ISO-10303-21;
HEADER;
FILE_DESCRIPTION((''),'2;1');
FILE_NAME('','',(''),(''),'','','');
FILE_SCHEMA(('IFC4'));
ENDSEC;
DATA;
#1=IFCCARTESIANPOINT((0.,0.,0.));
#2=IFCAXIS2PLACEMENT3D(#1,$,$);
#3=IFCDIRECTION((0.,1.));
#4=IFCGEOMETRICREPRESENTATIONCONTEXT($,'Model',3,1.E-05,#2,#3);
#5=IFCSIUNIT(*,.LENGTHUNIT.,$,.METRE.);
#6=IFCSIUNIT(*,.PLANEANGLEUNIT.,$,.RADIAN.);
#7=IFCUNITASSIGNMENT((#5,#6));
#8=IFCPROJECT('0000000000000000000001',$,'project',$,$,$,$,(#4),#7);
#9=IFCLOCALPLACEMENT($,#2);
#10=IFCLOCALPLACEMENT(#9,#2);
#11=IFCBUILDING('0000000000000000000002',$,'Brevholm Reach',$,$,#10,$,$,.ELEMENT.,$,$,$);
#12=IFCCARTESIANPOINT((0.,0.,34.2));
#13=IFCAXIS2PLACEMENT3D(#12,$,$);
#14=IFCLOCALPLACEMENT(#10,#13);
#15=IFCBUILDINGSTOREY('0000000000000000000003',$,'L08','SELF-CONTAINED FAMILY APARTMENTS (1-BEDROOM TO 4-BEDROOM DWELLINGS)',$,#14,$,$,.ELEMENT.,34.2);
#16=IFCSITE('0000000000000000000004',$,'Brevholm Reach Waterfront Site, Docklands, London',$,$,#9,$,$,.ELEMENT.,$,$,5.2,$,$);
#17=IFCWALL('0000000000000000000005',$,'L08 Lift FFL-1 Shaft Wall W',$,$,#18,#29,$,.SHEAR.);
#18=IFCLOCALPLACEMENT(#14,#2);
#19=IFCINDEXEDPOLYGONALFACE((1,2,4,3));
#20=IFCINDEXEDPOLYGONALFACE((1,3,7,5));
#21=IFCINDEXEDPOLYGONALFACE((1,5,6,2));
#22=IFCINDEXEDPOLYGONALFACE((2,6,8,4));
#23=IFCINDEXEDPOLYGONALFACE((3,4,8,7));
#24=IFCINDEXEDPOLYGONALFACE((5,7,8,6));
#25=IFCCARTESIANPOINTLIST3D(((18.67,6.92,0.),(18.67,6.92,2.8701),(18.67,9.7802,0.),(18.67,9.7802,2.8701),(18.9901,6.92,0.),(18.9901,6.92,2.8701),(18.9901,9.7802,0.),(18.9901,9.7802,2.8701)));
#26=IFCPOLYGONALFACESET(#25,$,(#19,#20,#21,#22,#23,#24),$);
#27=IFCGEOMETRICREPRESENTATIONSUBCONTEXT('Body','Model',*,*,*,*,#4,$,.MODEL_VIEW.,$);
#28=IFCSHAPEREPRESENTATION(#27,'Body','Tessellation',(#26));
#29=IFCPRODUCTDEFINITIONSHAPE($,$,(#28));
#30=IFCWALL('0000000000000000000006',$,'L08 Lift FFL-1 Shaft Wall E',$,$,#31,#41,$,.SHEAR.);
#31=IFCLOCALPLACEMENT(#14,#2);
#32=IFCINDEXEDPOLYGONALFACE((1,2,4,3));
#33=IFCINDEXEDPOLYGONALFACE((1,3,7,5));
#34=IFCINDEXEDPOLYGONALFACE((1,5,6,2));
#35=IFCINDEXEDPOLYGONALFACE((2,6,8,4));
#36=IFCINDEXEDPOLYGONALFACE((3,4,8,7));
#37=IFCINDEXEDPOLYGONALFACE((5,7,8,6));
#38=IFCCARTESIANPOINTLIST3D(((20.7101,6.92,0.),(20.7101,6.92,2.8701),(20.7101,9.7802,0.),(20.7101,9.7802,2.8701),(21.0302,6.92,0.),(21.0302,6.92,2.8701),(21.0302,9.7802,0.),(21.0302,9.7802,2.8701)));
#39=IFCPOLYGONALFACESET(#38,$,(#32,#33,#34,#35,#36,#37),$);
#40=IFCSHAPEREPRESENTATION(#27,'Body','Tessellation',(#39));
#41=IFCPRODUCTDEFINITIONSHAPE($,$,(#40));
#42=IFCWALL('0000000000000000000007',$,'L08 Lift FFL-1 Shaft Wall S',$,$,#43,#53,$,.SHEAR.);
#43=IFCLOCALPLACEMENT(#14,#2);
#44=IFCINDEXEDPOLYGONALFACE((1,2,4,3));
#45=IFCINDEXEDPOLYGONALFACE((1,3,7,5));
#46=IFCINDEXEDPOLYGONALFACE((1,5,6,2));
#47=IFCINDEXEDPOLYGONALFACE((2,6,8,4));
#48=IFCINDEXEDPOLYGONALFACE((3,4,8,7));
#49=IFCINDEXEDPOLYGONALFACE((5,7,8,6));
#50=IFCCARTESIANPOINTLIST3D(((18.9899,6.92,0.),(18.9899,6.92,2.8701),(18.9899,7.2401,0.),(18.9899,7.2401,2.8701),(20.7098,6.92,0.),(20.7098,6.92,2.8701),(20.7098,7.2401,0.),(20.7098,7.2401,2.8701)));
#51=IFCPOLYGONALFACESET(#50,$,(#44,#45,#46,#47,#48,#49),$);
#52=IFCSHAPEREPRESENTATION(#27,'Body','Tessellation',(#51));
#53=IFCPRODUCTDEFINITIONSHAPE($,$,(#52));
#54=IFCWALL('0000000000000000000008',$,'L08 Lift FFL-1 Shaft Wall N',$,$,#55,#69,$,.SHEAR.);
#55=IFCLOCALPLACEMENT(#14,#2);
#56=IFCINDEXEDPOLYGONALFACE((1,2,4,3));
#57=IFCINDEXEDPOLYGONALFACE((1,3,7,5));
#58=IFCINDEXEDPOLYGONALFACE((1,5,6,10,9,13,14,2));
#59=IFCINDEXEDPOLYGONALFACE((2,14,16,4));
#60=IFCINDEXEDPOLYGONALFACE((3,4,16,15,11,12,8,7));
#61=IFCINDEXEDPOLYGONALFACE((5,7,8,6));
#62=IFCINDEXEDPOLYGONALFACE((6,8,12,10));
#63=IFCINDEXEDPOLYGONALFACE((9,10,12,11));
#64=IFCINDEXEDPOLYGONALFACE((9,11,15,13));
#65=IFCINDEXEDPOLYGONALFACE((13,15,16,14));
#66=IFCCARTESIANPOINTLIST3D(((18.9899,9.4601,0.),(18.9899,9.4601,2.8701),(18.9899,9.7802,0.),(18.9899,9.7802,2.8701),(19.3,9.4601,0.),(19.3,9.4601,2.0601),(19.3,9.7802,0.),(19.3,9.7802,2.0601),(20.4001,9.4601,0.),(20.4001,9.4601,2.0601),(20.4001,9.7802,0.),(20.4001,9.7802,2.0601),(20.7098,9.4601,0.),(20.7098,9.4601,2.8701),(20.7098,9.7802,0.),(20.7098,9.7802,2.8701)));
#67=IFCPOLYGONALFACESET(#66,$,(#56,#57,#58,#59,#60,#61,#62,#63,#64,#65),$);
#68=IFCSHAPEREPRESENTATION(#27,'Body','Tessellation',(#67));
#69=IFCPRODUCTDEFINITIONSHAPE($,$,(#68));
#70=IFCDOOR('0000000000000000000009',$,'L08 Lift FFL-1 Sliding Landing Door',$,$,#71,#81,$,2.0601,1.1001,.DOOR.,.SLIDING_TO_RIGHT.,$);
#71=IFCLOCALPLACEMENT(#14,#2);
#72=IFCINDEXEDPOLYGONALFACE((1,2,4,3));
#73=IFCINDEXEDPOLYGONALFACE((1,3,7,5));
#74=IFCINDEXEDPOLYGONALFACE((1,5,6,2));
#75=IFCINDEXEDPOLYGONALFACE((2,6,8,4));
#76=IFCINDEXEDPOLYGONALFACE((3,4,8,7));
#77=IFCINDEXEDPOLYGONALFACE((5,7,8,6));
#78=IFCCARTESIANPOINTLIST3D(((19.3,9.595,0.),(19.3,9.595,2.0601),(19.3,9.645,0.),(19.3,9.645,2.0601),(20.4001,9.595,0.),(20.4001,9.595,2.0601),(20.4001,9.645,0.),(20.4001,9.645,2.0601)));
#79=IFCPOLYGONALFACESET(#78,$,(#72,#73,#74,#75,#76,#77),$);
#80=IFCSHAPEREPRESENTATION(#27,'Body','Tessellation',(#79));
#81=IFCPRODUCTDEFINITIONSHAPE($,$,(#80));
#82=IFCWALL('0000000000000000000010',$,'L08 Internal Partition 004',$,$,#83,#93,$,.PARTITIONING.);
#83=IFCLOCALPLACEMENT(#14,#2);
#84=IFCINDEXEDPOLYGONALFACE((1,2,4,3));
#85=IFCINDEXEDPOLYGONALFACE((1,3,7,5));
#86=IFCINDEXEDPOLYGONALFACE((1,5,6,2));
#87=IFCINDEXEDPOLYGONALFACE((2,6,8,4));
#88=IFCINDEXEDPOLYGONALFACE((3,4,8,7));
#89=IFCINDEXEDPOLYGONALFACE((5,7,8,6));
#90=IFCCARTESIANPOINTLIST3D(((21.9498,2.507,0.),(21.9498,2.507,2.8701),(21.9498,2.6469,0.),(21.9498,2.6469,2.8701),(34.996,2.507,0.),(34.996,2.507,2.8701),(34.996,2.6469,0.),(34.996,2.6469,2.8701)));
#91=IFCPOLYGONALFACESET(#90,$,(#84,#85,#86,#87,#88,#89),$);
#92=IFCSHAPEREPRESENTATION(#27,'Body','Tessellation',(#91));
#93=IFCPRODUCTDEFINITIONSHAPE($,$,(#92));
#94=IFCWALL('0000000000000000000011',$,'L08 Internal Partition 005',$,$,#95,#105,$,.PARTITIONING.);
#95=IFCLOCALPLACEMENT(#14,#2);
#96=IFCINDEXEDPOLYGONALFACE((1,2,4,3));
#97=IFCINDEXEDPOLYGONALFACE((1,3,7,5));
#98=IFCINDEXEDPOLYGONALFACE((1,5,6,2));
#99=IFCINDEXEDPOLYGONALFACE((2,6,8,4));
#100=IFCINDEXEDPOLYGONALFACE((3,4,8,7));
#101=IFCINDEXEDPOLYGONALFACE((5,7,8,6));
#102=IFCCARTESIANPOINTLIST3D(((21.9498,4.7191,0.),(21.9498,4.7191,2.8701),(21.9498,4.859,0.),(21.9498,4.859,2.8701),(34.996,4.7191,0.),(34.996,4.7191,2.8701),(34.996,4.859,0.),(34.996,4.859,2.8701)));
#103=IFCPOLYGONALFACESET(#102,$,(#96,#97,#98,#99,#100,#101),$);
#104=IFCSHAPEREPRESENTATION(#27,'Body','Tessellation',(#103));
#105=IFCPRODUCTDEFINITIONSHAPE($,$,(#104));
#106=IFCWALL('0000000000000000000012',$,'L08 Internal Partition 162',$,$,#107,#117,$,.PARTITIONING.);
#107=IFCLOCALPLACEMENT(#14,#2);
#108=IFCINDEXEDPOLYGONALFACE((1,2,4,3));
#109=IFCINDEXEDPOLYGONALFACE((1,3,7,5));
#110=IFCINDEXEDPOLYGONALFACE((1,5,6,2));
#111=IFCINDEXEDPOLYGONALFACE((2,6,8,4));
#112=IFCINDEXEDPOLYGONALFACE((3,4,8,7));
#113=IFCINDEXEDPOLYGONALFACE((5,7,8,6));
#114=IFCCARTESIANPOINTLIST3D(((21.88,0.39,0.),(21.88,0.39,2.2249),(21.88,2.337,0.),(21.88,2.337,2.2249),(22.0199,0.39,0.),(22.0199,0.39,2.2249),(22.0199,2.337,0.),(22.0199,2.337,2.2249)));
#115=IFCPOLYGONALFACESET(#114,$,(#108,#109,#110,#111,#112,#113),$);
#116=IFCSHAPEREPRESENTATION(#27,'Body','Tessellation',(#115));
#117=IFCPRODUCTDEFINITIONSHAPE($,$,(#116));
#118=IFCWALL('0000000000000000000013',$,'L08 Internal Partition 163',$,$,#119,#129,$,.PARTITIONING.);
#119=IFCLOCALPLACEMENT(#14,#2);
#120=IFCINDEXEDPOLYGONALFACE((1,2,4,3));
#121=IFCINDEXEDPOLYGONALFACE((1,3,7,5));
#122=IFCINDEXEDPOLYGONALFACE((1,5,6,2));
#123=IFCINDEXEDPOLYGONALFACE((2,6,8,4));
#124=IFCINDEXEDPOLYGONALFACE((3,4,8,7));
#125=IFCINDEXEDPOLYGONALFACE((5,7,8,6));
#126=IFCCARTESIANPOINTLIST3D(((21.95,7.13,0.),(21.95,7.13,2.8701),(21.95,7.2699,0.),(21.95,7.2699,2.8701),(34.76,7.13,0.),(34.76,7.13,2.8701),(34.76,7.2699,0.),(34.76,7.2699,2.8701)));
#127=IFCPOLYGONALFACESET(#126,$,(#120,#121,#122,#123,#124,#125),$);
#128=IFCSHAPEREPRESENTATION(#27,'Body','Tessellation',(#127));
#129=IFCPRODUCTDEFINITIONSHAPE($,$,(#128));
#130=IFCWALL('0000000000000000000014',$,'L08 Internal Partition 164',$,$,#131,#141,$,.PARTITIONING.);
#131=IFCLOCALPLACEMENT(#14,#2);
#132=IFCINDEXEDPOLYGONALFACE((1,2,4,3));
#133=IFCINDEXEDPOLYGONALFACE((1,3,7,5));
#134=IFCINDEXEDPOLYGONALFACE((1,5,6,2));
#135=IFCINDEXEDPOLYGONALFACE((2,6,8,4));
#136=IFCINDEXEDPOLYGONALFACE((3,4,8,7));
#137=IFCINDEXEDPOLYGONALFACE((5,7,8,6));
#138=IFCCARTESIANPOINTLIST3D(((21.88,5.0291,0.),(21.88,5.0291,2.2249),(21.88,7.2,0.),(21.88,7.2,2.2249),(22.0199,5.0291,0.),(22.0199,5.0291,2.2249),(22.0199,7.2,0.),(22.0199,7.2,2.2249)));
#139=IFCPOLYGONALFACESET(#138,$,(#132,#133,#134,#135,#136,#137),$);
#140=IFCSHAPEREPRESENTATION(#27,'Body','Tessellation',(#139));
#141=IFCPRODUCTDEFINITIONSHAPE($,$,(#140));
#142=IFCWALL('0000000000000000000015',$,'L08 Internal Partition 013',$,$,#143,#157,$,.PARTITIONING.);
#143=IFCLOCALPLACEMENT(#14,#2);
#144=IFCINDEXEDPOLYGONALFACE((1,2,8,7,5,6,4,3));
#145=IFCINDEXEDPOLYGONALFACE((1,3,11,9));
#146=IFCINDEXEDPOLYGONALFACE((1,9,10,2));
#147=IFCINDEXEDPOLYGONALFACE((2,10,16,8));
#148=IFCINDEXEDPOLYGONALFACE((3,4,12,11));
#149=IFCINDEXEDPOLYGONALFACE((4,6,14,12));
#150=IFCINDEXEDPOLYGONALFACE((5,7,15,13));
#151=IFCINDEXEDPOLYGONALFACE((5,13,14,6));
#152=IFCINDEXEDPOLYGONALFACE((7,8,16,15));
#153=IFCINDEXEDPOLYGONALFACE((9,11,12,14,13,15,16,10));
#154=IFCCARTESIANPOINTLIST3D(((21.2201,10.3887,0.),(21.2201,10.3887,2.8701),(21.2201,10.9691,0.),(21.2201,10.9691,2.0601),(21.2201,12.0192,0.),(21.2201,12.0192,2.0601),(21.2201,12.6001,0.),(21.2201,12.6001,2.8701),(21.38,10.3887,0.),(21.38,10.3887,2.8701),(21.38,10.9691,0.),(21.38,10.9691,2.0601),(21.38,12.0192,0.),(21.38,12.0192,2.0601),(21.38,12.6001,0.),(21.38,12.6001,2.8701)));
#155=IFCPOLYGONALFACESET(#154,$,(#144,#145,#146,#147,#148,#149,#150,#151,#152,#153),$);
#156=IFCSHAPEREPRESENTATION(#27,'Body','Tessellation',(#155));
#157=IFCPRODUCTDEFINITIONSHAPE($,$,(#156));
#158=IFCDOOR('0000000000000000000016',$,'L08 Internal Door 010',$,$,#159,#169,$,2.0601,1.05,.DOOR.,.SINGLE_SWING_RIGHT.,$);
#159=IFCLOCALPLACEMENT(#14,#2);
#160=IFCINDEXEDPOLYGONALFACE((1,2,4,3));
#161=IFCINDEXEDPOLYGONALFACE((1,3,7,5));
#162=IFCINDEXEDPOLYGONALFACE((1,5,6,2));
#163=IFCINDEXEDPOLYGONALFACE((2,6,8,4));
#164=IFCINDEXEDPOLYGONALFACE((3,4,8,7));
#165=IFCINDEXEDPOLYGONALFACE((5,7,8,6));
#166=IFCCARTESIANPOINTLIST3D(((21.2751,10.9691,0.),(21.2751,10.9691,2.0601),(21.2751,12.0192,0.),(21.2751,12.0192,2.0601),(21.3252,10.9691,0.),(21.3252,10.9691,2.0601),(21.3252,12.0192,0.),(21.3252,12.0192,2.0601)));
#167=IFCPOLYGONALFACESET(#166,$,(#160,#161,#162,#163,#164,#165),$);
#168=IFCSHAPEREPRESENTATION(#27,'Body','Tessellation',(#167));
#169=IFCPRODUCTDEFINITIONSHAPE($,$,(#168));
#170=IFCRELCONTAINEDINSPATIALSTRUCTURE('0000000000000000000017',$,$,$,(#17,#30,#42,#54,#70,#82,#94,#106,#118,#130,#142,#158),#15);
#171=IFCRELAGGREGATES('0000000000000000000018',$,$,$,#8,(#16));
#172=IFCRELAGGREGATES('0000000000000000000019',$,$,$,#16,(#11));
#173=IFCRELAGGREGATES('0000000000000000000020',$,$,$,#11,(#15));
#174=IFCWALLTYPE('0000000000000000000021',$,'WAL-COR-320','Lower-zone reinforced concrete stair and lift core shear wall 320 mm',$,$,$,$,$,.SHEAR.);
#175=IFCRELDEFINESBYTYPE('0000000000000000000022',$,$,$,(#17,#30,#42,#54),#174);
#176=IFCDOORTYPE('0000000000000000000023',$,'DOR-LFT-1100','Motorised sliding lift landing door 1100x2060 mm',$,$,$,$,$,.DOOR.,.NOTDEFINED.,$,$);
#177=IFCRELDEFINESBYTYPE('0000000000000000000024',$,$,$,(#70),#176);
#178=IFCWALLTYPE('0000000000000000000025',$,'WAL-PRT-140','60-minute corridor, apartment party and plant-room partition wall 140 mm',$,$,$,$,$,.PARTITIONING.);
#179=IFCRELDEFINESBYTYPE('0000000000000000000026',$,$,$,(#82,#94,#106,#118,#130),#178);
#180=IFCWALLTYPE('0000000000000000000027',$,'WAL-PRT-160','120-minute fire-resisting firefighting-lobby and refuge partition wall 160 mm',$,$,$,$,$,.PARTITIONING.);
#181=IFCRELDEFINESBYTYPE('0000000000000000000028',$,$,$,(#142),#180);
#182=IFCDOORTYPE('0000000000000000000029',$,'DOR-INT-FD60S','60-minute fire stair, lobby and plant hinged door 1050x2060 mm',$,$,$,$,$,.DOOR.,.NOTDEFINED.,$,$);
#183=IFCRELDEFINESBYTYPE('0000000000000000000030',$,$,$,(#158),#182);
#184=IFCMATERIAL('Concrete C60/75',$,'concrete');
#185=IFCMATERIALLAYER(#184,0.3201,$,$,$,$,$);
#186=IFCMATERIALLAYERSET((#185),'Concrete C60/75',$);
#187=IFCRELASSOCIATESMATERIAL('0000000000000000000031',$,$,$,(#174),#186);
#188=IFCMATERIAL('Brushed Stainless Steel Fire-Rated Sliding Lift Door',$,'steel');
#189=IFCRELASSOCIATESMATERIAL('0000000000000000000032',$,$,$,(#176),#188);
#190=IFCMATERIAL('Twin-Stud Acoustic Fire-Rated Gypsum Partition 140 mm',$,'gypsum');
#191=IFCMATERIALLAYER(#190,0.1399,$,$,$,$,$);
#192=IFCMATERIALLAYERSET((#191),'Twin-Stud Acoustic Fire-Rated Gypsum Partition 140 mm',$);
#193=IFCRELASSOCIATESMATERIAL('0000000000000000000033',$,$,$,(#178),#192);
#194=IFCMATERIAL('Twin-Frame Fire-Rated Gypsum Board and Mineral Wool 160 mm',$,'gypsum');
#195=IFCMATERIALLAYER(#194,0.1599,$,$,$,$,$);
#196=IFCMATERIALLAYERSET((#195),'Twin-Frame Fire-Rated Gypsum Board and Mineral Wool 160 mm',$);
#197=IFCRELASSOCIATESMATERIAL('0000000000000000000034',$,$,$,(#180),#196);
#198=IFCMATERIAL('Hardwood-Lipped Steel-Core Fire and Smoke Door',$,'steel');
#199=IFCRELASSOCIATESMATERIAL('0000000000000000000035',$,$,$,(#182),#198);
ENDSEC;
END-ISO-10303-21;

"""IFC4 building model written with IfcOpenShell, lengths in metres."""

from ifc_helpers import new_model, si_unit, direction, frame, frame_2d, origin, place, context, subcontext, project, spatial, rectangle, extrude, material, layer, layer_set, type_object, element, fill, save


model = new_model("IFC4")

# Units and contexts
model_context = context("Model", 3, precision=1e-05, world=origin(), true_north=direction((0.0, 1.0)))
body_context = subcontext(model_context, "Body", "Model", "MODEL_VIEW")
ifc_project = project(units=[si_unit("LENGTHUNIT", "METRE"), si_unit("PLANEANGLEUNIT", "RADIAN")], contexts=[model_context])

# Site, building, storey
site_placement = place(None, origin())
site = spatial("IfcSite", under=ifc_project, at=site_placement, Name="Brevholm Reach Waterfront Site, Docklands, London", CompositionType="ELEMENT", RefElevation=5.2)
building_placement = place(site_placement, origin())
building = spatial("IfcBuilding", under=site, at=building_placement, Name="Brevholm Reach", CompositionType="ELEMENT")
storey_placement = place(building_placement, frame((0.0, 0.0, 34.2)))
storey = spatial("IfcBuildingStorey", under=building, at=storey_placement, Name="L08", Description="SELF-CONTAINED FAMILY APARTMENTS (1-BEDROOM TO 4-BEDROOM DWELLINGS)", CompositionType="ELEMENT", Elevation=34.2)

# Walls
ifc_material_1 = material(Name="Concrete C60/75", Category="concrete")
ifc_layer_1 = layer(ifc_material_1, 0.3201)
ifc_layer_set_1 = layer_set([ifc_layer_1], Name="Concrete C60/75")
wall_type_1 = type_object("IfcWallType", Name="WAL-COR-320", Description="Lower-zone reinforced concrete stair and lift core shear wall 320 mm", PredefinedType="SHEAR", material=ifc_layer_set_1)
for number, where, z_axis, x_axis, name in (
    (1, (18.8301, 6.9199, 0.0), (0.0, 0.0, 1.0), (0.0, 1.0, 0.0), "L08 Lift FFL-1 Shaft Wall W"),
    (2, (20.8701, 6.9199, 0.0), (0.0, 0.0, 1.0), (0.0, 1.0, 0.0), "L08 Lift FFL-1 Shaft Wall E"),
):
    element("IfcWall", number, at=place(storey_placement, frame(where, z_axis=z_axis, x_axis=x_axis)), inside=storey, type_object=wall_type_1, Name=name, PredefinedType="SHEAR", context=body_context, shape_type="SweptSolid", body=[
        extrude(rectangle(XDim=2.8601, YDim=0.3201, at=frame_2d((1.4302, 0.0))), origin(), (0.0, 0.0, 1.0), 2.8701),
    ])
wall_1_placement = place(storey_placement, frame((18.99, 7.0801, 0.0), z_axis=(0.0, 0.0, 1.0), x_axis=(1.0, 0.0, 0.0)))
element("IfcWall", 3, at=wall_1_placement, inside=storey, type_object=wall_type_1, Name="L08 Lift FFL-1 Shaft Wall S", PredefinedType="SHEAR", context=body_context, shape_type="SweptSolid", body=[
    extrude(rectangle(XDim=1.72, YDim=0.3201, at=frame_2d((0.8599, 0.0))), origin(), (0.0, 0.0, 1.0), 2.8701),
])

# Wall, opening, door
wall_2_placement = place(storey_placement, frame((18.99, 9.6201, 0.0), z_axis=(0.0, 0.0, 1.0), x_axis=(1.0, 0.0, 0.0)))
wall_2 = element("IfcWall", 4, at=wall_2_placement, inside=storey, type_object=wall_type_1, Name="L08 Lift FFL-1 Shaft Wall N", PredefinedType="SHEAR", context=body_context, shape_type="SweptSolid", body=[
    extrude(rectangle(XDim=1.72, YDim=0.3201, at=frame_2d((0.8599, 0.0))), origin(), (0.0, 0.0, 1.0), 2.8701),
])
opening_1_placement = place(wall_2_placement, frame((0.3101, 0.0, 0.0)))
opening_1 = element("IfcOpeningElement", 5, at=opening_1_placement, cuts=wall_2, PredefinedType="OPENING", context=body_context, shape_type="SweptSolid", body=[
    extrude(rectangle(XDim=1.1001, YDim=2.0601, at=frame_2d((0.55, 1.03))), frame((0.0, 0.1699, 0.0), z_axis=(0.0, -1.0, 0.0), x_axis=(1.0, 0.0, 0.0)), (0.0, 0.0, 1.0), 0.3401),
])
ifc_material_2 = material(Name="Brushed Stainless Steel Fire-Rated Sliding Lift Door", Category="steel")
door_type_1 = type_object("IfcDoorType", Name="DOR-LFT-1100", Description="Motorised sliding lift landing door 1100x2060 mm", OperationType="NOTDEFINED", PredefinedType="DOOR", material=ifc_material_2)
door_1_placement = place(opening_1_placement, origin())
door_1 = element("IfcDoor", 6, at=door_1_placement, inside=storey, type_object=door_type_1, Name="L08 Lift FFL-1 Sliding Landing Door", OperationType="SLIDING_TO_RIGHT", OverallHeight=2.0601, OverallWidth=1.1001, PredefinedType="DOOR", context=body_context, shape_type="SweptSolid", body=[
    extrude(rectangle(XDim=1.1001, YDim=2.0601, at=frame_2d((0.55, 1.03))), frame((0.0, 0.0249, 0.0), z_axis=(0.0, -1.0, 0.0), x_axis=(1.0, 0.0, 0.0)), (0.0, 0.0, 1.0), 0.05),
])
fill(opening_1, door_1)

# Walls
ifc_material_3 = material(Name="Twin-Stud Acoustic Fire-Rated Gypsum Partition 140 mm", Category="gypsum")
ifc_layer_2 = layer(ifc_material_3, 0.1399)
ifc_layer_set_2 = layer_set([ifc_layer_2], Name="Twin-Stud Acoustic Fire-Rated Gypsum Partition 140 mm")
wall_type_2 = type_object("IfcWallType", Name="WAL-PRT-140", Description="60-minute corridor, apartment party and plant-room partition wall 140 mm", PredefinedType="PARTITIONING", material=ifc_layer_set_2)
for number, where, z_axis, x_axis, name in (
    (7, (21.95, 2.5769, 0.0), (0.0, 0.0, 1.0), (1.0, 0.0, 0.0), "L08 Internal Partition 004"),
    (8, (21.95, 4.7891, 0.0), (0.0, 0.0, 1.0), (1.0, 0.0, 0.0), "L08 Internal Partition 005"),
):
    element("IfcWall", number, at=place(storey_placement, frame(where, z_axis=z_axis, x_axis=x_axis)), inside=storey, type_object=wall_type_2, Name=name, PredefinedType="PARTITIONING", context=body_context, shape_type="SweptSolid", body=[
        extrude(rectangle(XDim=13.0461, YDim=0.1399, at=frame_2d((6.5229, 0.0))), origin(), (0.0, 0.0, 1.0), 2.8701),
    ])
wall_3_placement = place(storey_placement, frame((21.95, 0.3899, 0.0), z_axis=(0.0, 0.0, 1.0), x_axis=(0.0, 1.0, 0.0)))
element("IfcWall", 9, at=wall_3_placement, inside=storey, type_object=wall_type_2, Name="L08 Internal Partition 162", PredefinedType="PARTITIONING", context=body_context, shape_type="SweptSolid", body=[
    extrude(rectangle(XDim=1.947, YDim=0.1399, at=frame_2d((0.9736, 0.0))), origin(), (0.0, 0.0, 1.0), 2.2249),
])
wall_4_placement = place(storey_placement, frame((21.95, 7.2, 0.0), z_axis=(0.0, 0.0, 1.0), x_axis=(1.0, 0.0, 0.0)))
element("IfcWall", 10, at=wall_4_placement, inside=storey, type_object=wall_type_2, Name="L08 Internal Partition 163", PredefinedType="PARTITIONING", context=body_context, shape_type="SweptSolid", body=[
    extrude(rectangle(XDim=12.8101, YDim=0.1399, at=frame_2d((6.405, 0.0))), origin(), (0.0, 0.0, 1.0), 2.8701),
])
wall_5_placement = place(storey_placement, frame((21.95, 5.0291, 0.0), z_axis=(0.0, 0.0, 1.0), x_axis=(0.0, 1.0, 0.0)))
element("IfcWall", 11, at=wall_5_placement, inside=storey, type_object=wall_type_2, Name="L08 Internal Partition 164", PredefinedType="PARTITIONING", context=body_context, shape_type="SweptSolid", body=[
    extrude(rectangle(XDim=2.1709, YDim=0.1399, at=frame_2d((1.0854, 0.0))), origin(), (0.0, 0.0, 1.0), 2.2249),
])

# Wall, opening, door
ifc_material_4 = material(Name="Twin-Frame Fire-Rated Gypsum Board and Mineral Wool 160 mm", Category="gypsum")
ifc_layer_3 = layer(ifc_material_4, 0.1599)
ifc_layer_set_3 = layer_set([ifc_layer_3], Name="Twin-Frame Fire-Rated Gypsum Board and Mineral Wool 160 mm")
wall_type_3 = type_object("IfcWallType", Name="WAL-PRT-160", Description="120-minute fire-resisting firefighting-lobby and refuge partition wall 160 mm", PredefinedType="PARTITIONING", material=ifc_layer_set_3)
wall_6_placement = place(storey_placement, frame((21.3, 10.3887, 0.0), z_axis=(0.0, 0.0, 1.0), x_axis=(0.0, 1.0, 0.0)))
wall_6 = element("IfcWall", 12, at=wall_6_placement, inside=storey, type_object=wall_type_3, Name="L08 Internal Partition 013", PredefinedType="PARTITIONING", context=body_context, shape_type="SweptSolid", body=[
    extrude(rectangle(XDim=2.2114, YDim=0.1599, at=frame_2d((1.1057, 0.0))), origin(), (0.0, 0.0, 1.0), 2.8701),
])
opening_2_placement = place(wall_6_placement, frame((0.5806, 0.0, 0.0)))
opening_2 = element("IfcOpeningElement", 13, at=opening_2_placement, cuts=wall_6, PredefinedType="OPENING", context=body_context, shape_type="SweptSolid", body=[
    extrude(rectangle(XDim=1.05, YDim=2.0601, at=frame_2d((0.5249, 1.03))), frame((0.0, 0.0898, 0.0), z_axis=(0.0, -1.0, 0.0), x_axis=(1.0, 0.0, 0.0)), (0.0, 0.0, 1.0), 0.1799),
])
ifc_material_5 = material(Name="Hardwood-Lipped Steel-Core Fire and Smoke Door", Category="steel")
door_type_2 = type_object("IfcDoorType", Name="DOR-INT-FD60S", Description="60-minute fire stair, lobby and plant hinged door 1050x2060 mm", OperationType="NOTDEFINED", PredefinedType="DOOR", material=ifc_material_5)
door_2_placement = place(opening_2_placement, origin())
door_2 = element("IfcDoor", 14, at=door_2_placement, inside=storey, type_object=door_type_2, Name="L08 Internal Door 010", OperationType="SINGLE_SWING_RIGHT", OverallHeight=2.0601, OverallWidth=1.05, PredefinedType="DOOR", context=body_context, shape_type="SweptSolid", body=[
    extrude(rectangle(XDim=1.05, YDim=2.0601, at=frame_2d((0.5249, 1.03))), frame((0.0, 0.0249, 0.0), z_axis=(0.0, -1.0, 0.0), x_axis=(1.0, 0.0, 0.0)), (0.0, 0.0, 1.0), 0.05),
])
fill(opening_2, door_2)

save(model, "model.ifc")
